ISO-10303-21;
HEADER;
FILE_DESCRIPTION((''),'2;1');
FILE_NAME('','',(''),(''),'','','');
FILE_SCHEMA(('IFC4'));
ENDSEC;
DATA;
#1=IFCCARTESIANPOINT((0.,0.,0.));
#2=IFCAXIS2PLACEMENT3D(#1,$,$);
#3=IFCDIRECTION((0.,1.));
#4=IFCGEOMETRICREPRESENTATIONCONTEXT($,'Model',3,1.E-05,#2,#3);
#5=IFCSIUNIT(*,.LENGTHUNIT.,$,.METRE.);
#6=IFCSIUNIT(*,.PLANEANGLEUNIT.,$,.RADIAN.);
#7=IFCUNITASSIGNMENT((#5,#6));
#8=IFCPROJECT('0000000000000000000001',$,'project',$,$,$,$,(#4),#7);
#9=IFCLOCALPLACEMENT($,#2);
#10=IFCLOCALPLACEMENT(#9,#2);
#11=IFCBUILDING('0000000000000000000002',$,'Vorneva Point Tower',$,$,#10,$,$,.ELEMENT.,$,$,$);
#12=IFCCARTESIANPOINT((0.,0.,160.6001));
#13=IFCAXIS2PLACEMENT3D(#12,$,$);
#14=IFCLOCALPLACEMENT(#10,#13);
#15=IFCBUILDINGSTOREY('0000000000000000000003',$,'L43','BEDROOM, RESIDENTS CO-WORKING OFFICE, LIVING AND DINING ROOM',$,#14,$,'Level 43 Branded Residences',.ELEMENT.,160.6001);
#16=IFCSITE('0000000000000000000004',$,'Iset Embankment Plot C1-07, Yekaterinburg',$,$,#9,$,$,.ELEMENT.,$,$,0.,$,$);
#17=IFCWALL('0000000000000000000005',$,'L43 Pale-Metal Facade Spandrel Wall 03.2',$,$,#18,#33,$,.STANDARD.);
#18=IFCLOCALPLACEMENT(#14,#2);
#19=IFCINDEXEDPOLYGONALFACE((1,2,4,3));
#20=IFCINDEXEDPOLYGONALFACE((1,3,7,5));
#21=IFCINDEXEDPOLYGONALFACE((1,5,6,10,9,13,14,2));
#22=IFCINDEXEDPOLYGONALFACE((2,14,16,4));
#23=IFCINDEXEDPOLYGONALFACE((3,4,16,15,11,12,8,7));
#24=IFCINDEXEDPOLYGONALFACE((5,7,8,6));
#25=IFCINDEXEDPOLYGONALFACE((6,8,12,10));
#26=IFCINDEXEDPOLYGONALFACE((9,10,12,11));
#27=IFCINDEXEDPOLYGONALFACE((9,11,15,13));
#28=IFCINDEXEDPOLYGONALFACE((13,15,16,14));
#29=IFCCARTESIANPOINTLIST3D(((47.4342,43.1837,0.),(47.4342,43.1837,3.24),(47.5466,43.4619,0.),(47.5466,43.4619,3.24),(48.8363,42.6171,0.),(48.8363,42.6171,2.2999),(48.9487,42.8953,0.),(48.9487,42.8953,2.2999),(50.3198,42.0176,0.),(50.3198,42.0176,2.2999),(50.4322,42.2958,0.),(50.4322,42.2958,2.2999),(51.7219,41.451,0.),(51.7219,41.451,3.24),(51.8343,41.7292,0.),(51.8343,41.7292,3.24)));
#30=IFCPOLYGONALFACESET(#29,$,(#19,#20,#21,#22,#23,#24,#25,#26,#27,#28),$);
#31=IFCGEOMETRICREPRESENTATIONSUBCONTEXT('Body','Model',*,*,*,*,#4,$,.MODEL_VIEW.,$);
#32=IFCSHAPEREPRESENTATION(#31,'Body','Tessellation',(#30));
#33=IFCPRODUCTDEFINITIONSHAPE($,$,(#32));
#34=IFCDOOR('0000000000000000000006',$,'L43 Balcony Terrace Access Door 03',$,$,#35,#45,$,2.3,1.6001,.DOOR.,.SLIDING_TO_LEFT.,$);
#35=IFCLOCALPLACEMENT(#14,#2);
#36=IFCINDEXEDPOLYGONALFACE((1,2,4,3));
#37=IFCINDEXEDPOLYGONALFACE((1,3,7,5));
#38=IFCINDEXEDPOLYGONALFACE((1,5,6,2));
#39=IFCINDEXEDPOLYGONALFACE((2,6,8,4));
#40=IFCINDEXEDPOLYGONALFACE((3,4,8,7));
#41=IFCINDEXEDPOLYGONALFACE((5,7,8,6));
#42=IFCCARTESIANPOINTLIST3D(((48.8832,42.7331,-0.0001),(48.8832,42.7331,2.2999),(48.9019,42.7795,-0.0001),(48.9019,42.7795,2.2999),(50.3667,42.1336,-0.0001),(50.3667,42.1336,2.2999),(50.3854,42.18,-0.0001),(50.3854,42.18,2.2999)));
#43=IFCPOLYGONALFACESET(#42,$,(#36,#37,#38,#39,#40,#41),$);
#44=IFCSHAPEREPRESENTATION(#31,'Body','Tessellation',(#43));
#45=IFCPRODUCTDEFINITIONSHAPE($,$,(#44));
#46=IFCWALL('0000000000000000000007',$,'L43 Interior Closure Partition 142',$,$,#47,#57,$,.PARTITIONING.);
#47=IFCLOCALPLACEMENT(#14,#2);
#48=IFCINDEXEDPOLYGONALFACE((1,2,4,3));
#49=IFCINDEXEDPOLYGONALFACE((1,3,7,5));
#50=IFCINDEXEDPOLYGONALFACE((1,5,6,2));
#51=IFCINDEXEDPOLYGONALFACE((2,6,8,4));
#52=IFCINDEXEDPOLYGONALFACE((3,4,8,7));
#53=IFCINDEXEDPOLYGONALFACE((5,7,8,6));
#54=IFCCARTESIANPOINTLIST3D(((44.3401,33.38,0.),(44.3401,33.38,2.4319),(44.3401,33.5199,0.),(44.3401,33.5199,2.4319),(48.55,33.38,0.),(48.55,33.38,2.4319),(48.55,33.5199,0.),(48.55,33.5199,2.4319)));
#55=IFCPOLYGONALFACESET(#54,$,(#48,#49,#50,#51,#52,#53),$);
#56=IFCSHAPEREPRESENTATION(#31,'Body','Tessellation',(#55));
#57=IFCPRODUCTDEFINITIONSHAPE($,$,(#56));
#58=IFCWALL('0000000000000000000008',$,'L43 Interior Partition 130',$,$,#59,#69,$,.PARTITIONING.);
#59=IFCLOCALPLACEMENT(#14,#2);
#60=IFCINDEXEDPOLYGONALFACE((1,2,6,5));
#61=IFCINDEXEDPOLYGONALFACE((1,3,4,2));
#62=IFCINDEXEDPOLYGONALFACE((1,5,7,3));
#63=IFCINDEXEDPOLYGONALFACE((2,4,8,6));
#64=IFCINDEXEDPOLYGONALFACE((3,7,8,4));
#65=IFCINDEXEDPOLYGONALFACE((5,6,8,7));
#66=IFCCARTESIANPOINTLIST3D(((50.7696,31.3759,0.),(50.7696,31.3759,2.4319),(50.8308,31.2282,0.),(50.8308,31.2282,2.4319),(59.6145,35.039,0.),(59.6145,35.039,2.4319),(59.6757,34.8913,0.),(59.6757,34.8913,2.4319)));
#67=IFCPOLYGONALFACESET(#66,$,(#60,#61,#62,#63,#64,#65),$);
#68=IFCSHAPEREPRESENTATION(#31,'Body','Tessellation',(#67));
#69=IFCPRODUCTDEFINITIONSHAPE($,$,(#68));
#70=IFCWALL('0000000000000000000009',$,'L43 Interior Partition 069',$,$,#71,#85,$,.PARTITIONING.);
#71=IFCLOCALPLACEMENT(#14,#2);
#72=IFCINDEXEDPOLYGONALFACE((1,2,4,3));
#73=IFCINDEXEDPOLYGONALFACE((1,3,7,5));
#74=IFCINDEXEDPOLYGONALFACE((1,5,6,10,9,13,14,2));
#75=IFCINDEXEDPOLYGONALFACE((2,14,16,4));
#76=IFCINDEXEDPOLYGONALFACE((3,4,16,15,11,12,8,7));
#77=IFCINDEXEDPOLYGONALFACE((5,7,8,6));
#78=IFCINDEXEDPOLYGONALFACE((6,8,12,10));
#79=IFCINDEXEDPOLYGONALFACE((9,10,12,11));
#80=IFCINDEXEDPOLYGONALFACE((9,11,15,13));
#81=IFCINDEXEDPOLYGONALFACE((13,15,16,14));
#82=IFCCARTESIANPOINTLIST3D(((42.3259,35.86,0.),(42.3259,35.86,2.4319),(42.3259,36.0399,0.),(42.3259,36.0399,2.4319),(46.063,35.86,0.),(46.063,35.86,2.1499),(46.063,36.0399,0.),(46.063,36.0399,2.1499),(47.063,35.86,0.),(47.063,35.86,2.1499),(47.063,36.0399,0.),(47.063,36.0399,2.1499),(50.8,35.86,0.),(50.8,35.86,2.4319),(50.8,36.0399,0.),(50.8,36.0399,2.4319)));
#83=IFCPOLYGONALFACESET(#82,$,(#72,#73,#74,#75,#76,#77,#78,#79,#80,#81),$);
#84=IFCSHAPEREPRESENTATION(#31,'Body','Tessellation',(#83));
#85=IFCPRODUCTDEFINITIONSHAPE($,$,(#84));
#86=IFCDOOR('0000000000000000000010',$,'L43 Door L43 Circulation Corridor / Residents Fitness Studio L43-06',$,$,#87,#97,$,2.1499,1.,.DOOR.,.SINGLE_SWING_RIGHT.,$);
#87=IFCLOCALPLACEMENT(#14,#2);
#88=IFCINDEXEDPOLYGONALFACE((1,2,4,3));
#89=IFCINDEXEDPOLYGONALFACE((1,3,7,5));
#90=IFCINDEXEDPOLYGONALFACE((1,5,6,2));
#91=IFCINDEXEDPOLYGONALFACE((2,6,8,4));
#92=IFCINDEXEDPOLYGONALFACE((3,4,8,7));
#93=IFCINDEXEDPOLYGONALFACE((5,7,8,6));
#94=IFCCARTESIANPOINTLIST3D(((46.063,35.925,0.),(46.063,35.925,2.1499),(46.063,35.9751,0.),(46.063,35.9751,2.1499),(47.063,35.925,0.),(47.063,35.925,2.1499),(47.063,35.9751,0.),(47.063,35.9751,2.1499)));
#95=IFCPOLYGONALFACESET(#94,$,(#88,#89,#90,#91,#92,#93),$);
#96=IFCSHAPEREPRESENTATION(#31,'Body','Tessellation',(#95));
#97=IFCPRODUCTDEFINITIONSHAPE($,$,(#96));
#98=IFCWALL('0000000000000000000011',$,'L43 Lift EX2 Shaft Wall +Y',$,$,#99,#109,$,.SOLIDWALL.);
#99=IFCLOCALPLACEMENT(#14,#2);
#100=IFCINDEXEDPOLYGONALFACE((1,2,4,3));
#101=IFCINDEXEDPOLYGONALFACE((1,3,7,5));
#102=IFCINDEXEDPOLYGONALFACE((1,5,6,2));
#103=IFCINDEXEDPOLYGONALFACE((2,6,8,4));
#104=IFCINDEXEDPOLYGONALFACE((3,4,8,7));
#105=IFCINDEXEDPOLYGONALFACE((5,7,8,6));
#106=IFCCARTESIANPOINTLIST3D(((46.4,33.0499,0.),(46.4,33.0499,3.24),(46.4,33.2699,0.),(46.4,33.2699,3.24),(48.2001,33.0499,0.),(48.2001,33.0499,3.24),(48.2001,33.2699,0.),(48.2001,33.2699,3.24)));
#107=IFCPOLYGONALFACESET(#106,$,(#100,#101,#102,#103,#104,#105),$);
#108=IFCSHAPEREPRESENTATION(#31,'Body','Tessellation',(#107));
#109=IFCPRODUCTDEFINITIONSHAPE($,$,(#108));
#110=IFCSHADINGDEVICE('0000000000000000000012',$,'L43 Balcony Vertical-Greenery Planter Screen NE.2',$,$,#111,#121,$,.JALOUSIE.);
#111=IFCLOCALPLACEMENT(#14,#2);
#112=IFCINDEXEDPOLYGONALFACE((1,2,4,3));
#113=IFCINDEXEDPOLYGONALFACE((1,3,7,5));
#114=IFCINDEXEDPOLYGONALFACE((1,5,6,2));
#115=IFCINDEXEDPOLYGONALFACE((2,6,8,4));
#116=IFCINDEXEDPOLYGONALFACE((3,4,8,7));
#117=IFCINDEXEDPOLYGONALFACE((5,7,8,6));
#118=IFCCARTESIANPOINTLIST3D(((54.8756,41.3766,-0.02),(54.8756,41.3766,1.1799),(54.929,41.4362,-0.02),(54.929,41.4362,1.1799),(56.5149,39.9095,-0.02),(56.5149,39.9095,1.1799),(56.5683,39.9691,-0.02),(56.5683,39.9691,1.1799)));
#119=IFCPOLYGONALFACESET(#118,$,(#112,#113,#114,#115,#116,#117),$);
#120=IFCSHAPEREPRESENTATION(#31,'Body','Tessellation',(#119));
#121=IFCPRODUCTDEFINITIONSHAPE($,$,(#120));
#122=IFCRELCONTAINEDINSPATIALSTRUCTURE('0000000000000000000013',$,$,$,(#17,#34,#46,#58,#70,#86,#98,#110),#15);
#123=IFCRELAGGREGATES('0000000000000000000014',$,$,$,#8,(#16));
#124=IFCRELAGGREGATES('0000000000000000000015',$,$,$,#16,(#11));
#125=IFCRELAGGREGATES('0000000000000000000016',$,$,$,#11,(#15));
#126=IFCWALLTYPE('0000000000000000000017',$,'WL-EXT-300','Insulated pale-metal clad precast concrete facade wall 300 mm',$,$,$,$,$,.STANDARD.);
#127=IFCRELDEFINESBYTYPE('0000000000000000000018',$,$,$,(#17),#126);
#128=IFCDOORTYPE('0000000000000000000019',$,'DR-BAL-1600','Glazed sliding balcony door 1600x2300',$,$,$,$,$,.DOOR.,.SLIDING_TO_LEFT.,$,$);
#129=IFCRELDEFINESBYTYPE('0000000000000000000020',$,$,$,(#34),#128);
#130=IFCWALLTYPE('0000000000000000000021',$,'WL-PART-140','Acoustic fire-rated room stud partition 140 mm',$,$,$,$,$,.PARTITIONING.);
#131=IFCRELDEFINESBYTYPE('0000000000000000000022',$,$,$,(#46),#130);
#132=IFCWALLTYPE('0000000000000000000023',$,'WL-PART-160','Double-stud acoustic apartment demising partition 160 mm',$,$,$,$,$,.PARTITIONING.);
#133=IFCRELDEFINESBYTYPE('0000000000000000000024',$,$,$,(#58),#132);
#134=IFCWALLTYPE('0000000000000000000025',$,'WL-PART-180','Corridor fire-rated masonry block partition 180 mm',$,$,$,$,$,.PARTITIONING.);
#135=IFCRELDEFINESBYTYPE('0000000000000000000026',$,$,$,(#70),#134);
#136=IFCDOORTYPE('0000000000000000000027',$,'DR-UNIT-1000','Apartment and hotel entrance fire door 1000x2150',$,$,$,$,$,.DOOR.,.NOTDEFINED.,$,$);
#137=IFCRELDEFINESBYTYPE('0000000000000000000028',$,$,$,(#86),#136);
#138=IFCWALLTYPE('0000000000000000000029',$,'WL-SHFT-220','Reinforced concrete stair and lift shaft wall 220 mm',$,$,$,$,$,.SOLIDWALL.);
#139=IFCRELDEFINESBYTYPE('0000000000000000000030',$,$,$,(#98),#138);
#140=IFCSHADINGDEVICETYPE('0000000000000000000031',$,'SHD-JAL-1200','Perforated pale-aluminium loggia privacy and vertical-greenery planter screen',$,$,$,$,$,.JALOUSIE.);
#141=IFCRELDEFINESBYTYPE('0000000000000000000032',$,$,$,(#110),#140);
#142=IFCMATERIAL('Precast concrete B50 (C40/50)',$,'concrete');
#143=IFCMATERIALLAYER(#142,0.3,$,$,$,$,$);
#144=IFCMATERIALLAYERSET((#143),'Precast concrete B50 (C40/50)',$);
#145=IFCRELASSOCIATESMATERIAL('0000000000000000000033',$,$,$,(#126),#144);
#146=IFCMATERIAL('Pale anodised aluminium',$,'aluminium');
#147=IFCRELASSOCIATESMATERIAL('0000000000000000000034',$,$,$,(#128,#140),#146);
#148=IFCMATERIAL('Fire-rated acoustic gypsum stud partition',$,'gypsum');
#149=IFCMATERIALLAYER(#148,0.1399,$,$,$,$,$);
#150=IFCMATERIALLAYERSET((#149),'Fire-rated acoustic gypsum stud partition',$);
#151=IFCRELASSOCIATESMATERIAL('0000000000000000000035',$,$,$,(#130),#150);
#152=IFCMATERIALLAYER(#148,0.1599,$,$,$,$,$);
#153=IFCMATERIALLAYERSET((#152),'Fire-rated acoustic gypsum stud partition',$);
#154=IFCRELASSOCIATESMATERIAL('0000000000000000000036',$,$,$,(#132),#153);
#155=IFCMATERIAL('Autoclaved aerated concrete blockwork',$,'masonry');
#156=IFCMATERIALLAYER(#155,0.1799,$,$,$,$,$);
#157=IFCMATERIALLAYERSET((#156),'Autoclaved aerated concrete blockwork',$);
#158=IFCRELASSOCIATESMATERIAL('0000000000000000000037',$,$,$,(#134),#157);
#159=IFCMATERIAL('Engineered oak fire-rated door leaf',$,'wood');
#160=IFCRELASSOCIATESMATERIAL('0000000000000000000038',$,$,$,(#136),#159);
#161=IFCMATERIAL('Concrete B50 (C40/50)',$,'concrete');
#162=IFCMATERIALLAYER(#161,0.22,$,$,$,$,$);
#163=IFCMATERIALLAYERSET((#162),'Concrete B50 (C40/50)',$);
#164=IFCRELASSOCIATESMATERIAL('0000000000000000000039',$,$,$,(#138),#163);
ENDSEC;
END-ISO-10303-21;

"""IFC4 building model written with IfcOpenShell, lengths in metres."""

from ifc_helpers import new_model, si_unit, direction, frame, frame_2d, origin, origin_2d, place, context, subcontext, project, spatial, rectangle, extrude, material, layer, layer_set, type_object, element, fill, save


model = new_model("IFC4")

# Units and contexts
model_context = context("Model", 3, precision=1e-05, world=origin(), true_north=direction((0.0, 1.0)))
body_context = subcontext(model_context, "Body", "Model", "MODEL_VIEW")
ifc_project = project(units=[si_unit("LENGTHUNIT", "METRE"), si_unit("PLANEANGLEUNIT", "RADIAN")], contexts=[model_context])

# Site, building, storey
site_placement = place(None, origin())
site = spatial("IfcSite", under=ifc_project, at=site_placement, Name="Iset Embankment Plot C1-07, Yekaterinburg", CompositionType="ELEMENT", RefElevation=0.0)
building_placement = place(site_placement, origin())
building = spatial("IfcBuilding", under=site, at=building_placement, Name="Vorneva Point Tower", CompositionType="ELEMENT")
storey_placement = place(building_placement, frame((0.0, 0.0, 160.6001)))
storey = spatial("IfcBuildingStorey", under=building, at=storey_placement, Name="L43", Description="BEDROOM, RESIDENTS CO-WORKING OFFICE, LIVING AND DINING ROOM", LongName="Level 43 Branded Residences", CompositionType="ELEMENT", Elevation=160.6001)

# Shared definitions
ifc_material_1 = material(Name="Pale anodised aluminium", Category="aluminium")

# Shared definitions
ifc_material_2 = material(Name="Precast concrete B50 (C40/50)", Category="concrete")
ifc_layer_1 = layer(ifc_material_2, 0.3)
ifc_layer_set_1 = layer_set([ifc_layer_1], Name="Precast concrete B50 (C40/50)")
wall_type_1 = type_object("IfcWallType", Name="WL-EXT-300", Description="Insulated pale-metal clad precast concrete facade wall 300 mm", PredefinedType="STANDARD", material=ifc_layer_set_1)

# Wall, opening, door
wall_1_placement = place(storey_placement, frame((51.7781, 41.5901, 0.0), z_axis=(0.0, 0.0, 1.0), x_axis=(-0.927157, 0.374674, 0.0)))
wall_1 = element("IfcWall", 1, at=wall_1_placement, inside=storey, type_object=wall_type_1, Name="L43 Pale-Metal Facade Spandrel Wall 03.2", PredefinedType="STANDARD", context=body_context, shape_type="SweptSolid", body=[
    extrude(rectangle(XDim=4.6245, YDim=0.3, at=frame_2d((2.3123, 0.0))), origin(), (0.0, 0.0, 1.0), 3.24),
])
opening_1_placement = place(wall_1_placement, frame((1.5122, 0.0, 0.0)))
opening_1 = element("IfcOpeningElement", 2, at=opening_1_placement, cuts=wall_1, PredefinedType="OPENING", context=body_context, shape_type="SweptSolid", body=[
    extrude(rectangle(XDim=1.6001, YDim=2.3, at=frame_2d((0.8, 1.1499))), frame((0.0, 0.165, 0.0), z_axis=(0.0, -1.0, 0.0), x_axis=(1.0, 0.0, 0.0)), (0.0, 0.0, 1.0), 0.3298),
])
door_type_1 = type_object("IfcDoorType", Name="DR-BAL-1600", Description="Glazed sliding balcony door 1600x2300", OperationType="SLIDING_TO_LEFT", PredefinedType="DOOR", material=ifc_material_1)
door_1_placement = place(opening_1_placement, origin())
door_1 = element("IfcDoor", 3, at=door_1_placement, inside=storey, type_object=door_type_1, Name="L43 Balcony Terrace Access Door 03", OperationType="SLIDING_TO_LEFT", OverallHeight=2.3, OverallWidth=1.6001, PredefinedType="DOOR", context=body_context, shape_type="SweptSolid", body=[
    extrude(rectangle(XDim=1.6001, YDim=2.3, at=frame_2d((0.8, 1.1499))), frame((0.0, 0.0249, 0.0), z_axis=(0.0, -1.0, 0.0), x_axis=(1.0, 0.0, 0.0)), (0.0, 0.0, 1.0), 0.05),
])
fill(opening_1, door_1)

# Walls
ifc_material_3 = material(Name="Fire-rated acoustic gypsum stud partition", Category="gypsum")
ifc_layer_2 = layer(ifc_material_3, 0.1399)
ifc_layer_set_2 = layer_set([ifc_layer_2], Name="Fire-rated acoustic gypsum stud partition")
wall_type_2 = type_object("IfcWallType", Name="WL-PART-140", Description="Acoustic fire-rated room stud partition 140 mm", PredefinedType="PARTITIONING", material=ifc_layer_set_2)
wall_2_placement = place(storey_placement, frame((48.55, 33.45, 0.0), z_axis=(0.0, 0.0, 1.0), x_axis=(-1.0, 0.0, 0.0)))
element("IfcWall", 4, at=wall_2_placement, inside=storey, type_object=wall_type_2, Name="L43 Interior Closure Partition 142", PredefinedType="PARTITIONING", context=body_context, shape_type="SweptSolid", body=[
    extrude(rectangle(XDim=4.21, YDim=0.1399, at=frame_2d((2.105, 0.0))), origin(), (0.0, 0.0, 1.0), 2.4319),
])
ifc_layer_3 = layer(ifc_material_3, 0.1599)
ifc_layer_set_3 = layer_set([ifc_layer_3], Name="Fire-rated acoustic gypsum stud partition")
wall_type_3 = type_object("IfcWallType", Name="WL-PART-160", Description="Double-stud acoustic apartment demising partition 160 mm", PredefinedType="PARTITIONING", material=ifc_layer_set_3)
wall_3_placement = place(storey_placement, frame((59.645, 34.9651, 0.0), z_axis=(0.0, 0.0, 1.0), x_axis=(-0.923902, -0.382628, 0.0)))
element("IfcWall", 5, at=wall_3_placement, inside=storey, type_object=wall_type_3, Name="L43 Interior Partition 130", PredefinedType="PARTITIONING", context=body_context, shape_type="SweptSolid", body=[
    extrude(rectangle(XDim=9.5735, YDim=0.1599, at=frame_2d((4.7866, 0.0))), origin(), (0.0, 0.0, 1.0), 2.4319),
])

# Wall, opening, door
ifc_material_4 = material(Name="Autoclaved aerated concrete blockwork", Category="masonry")
ifc_layer_4 = layer(ifc_material_4, 0.1799)
ifc_layer_set_4 = layer_set([ifc_layer_4], Name="Autoclaved aerated concrete blockwork")
wall_type_4 = type_object("IfcWallType", Name="WL-PART-180", Description="Corridor fire-rated masonry block partition 180 mm", PredefinedType="PARTITIONING", material=ifc_layer_set_4)
wall_4_placement = place(storey_placement, frame((50.8, 35.95, 0.0), z_axis=(0.0, 0.0, 1.0), x_axis=(-1.0, 0.0, 0.0)))
wall_4 = element("IfcWall", 6, at=wall_4_placement, inside=storey, type_object=wall_type_4, Name="L43 Interior Partition 069", PredefinedType="PARTITIONING", context=body_context, shape_type="SweptSolid", body=[
    extrude(rectangle(XDim=8.4741, YDim=0.1799, at=frame_2d((4.2371, 0.0))), origin(), (0.0, 0.0, 1.0), 2.4319),
])
opening_2_placement = place(wall_4_placement, frame((3.7371, 0.0, 0.0)))
opening_2 = element("IfcOpeningElement", 7, at=opening_2_placement, cuts=wall_4, PredefinedType="OPENING", context=body_context, shape_type="SweptSolid", body=[
    extrude(rectangle(XDim=1.0, YDim=2.1499, at=frame_2d((0.5, 1.075))), frame((0.0, 0.105, 0.0), z_axis=(0.0, -1.0, 0.0), x_axis=(1.0, 0.0, 0.0)), (0.0, 0.0, 1.0), 0.2097),
])
ifc_material_5 = material(Name="Engineered oak fire-rated door leaf", Category="wood")
door_type_2 = type_object("IfcDoorType", Name="DR-UNIT-1000", Description="Apartment and hotel entrance fire door 1000x2150", OperationType="NOTDEFINED", PredefinedType="DOOR", material=ifc_material_5)
door_2_placement = place(opening_2_placement, origin())
door_2 = element("IfcDoor", 8, at=door_2_placement, inside=storey, type_object=door_type_2, Name="L43 Door L43 Circulation Corridor / Residents Fitness Studio L43-06", OperationType="SINGLE_SWING_RIGHT", OverallHeight=2.1499, OverallWidth=1.0, PredefinedType="DOOR", context=body_context, shape_type="SweptSolid", body=[
    extrude(rectangle(XDim=1.0, YDim=2.1499, at=frame_2d((0.5, 1.075))), frame((0.0, 0.0249, 0.0), z_axis=(0.0, -1.0, 0.0), x_axis=(1.0, 0.0, 0.0)), (0.0, 0.0, 1.0), 0.05),
])
fill(opening_2, door_2)

# Wall
ifc_material_6 = material(Name="Concrete B50 (C40/50)", Category="concrete")
ifc_layer_5 = layer(ifc_material_6, 0.22)
ifc_layer_set_5 = layer_set([ifc_layer_5], Name="Concrete B50 (C40/50)")
wall_type_5 = type_object("IfcWallType", Name="WL-SHFT-220", Description="Reinforced concrete stair and lift shaft wall 220 mm", PredefinedType="SOLIDWALL", material=ifc_layer_set_5)
wall_5_placement = place(storey_placement, frame((48.2, 33.1599, 0.0), z_axis=(0.0, 0.0, 1.0), x_axis=(-1.0, 0.0, 0.0)))
element("IfcWall", 9, at=wall_5_placement, inside=storey, type_object=wall_type_5, Name="L43 Lift EX2 Shaft Wall +Y", PredefinedType="SOLIDWALL", context=body_context, shape_type="SweptSolid", body=[
    extrude(rectangle(XDim=1.8, YDim=0.22, at=frame_2d((0.8999, 0.0))), origin(), (0.0, 0.0, 1.0), 3.24),
])

# Shading device
shading_device_type = type_object("IfcShadingDeviceType", Name="SHD-JAL-1200", Description="Perforated pale-aluminium loggia privacy and vertical-greenery planter screen", PredefinedType="JALOUSIE", material=ifc_material_1)
shading_device_placement = place(storey_placement, frame((55.7219, 40.6729, -0.02), z_axis=(0.0, 0.0, 1.0), x_axis=(-0.745173, 0.666871, 0.0)))
element("IfcShadingDevice", 10, at=shading_device_placement, inside=storey, type_object=shading_device_type, Name="L43 Balcony Vertical-Greenery Planter Screen NE.2", PredefinedType="JALOUSIE", context=body_context, shape_type="SweptSolid", body=[
    extrude(rectangle(XDim=2.2, YDim=0.0801, at=origin_2d()), origin(), (0.0, 0.0, 1.0), 1.2),
])

save(model, "model.ifc")
